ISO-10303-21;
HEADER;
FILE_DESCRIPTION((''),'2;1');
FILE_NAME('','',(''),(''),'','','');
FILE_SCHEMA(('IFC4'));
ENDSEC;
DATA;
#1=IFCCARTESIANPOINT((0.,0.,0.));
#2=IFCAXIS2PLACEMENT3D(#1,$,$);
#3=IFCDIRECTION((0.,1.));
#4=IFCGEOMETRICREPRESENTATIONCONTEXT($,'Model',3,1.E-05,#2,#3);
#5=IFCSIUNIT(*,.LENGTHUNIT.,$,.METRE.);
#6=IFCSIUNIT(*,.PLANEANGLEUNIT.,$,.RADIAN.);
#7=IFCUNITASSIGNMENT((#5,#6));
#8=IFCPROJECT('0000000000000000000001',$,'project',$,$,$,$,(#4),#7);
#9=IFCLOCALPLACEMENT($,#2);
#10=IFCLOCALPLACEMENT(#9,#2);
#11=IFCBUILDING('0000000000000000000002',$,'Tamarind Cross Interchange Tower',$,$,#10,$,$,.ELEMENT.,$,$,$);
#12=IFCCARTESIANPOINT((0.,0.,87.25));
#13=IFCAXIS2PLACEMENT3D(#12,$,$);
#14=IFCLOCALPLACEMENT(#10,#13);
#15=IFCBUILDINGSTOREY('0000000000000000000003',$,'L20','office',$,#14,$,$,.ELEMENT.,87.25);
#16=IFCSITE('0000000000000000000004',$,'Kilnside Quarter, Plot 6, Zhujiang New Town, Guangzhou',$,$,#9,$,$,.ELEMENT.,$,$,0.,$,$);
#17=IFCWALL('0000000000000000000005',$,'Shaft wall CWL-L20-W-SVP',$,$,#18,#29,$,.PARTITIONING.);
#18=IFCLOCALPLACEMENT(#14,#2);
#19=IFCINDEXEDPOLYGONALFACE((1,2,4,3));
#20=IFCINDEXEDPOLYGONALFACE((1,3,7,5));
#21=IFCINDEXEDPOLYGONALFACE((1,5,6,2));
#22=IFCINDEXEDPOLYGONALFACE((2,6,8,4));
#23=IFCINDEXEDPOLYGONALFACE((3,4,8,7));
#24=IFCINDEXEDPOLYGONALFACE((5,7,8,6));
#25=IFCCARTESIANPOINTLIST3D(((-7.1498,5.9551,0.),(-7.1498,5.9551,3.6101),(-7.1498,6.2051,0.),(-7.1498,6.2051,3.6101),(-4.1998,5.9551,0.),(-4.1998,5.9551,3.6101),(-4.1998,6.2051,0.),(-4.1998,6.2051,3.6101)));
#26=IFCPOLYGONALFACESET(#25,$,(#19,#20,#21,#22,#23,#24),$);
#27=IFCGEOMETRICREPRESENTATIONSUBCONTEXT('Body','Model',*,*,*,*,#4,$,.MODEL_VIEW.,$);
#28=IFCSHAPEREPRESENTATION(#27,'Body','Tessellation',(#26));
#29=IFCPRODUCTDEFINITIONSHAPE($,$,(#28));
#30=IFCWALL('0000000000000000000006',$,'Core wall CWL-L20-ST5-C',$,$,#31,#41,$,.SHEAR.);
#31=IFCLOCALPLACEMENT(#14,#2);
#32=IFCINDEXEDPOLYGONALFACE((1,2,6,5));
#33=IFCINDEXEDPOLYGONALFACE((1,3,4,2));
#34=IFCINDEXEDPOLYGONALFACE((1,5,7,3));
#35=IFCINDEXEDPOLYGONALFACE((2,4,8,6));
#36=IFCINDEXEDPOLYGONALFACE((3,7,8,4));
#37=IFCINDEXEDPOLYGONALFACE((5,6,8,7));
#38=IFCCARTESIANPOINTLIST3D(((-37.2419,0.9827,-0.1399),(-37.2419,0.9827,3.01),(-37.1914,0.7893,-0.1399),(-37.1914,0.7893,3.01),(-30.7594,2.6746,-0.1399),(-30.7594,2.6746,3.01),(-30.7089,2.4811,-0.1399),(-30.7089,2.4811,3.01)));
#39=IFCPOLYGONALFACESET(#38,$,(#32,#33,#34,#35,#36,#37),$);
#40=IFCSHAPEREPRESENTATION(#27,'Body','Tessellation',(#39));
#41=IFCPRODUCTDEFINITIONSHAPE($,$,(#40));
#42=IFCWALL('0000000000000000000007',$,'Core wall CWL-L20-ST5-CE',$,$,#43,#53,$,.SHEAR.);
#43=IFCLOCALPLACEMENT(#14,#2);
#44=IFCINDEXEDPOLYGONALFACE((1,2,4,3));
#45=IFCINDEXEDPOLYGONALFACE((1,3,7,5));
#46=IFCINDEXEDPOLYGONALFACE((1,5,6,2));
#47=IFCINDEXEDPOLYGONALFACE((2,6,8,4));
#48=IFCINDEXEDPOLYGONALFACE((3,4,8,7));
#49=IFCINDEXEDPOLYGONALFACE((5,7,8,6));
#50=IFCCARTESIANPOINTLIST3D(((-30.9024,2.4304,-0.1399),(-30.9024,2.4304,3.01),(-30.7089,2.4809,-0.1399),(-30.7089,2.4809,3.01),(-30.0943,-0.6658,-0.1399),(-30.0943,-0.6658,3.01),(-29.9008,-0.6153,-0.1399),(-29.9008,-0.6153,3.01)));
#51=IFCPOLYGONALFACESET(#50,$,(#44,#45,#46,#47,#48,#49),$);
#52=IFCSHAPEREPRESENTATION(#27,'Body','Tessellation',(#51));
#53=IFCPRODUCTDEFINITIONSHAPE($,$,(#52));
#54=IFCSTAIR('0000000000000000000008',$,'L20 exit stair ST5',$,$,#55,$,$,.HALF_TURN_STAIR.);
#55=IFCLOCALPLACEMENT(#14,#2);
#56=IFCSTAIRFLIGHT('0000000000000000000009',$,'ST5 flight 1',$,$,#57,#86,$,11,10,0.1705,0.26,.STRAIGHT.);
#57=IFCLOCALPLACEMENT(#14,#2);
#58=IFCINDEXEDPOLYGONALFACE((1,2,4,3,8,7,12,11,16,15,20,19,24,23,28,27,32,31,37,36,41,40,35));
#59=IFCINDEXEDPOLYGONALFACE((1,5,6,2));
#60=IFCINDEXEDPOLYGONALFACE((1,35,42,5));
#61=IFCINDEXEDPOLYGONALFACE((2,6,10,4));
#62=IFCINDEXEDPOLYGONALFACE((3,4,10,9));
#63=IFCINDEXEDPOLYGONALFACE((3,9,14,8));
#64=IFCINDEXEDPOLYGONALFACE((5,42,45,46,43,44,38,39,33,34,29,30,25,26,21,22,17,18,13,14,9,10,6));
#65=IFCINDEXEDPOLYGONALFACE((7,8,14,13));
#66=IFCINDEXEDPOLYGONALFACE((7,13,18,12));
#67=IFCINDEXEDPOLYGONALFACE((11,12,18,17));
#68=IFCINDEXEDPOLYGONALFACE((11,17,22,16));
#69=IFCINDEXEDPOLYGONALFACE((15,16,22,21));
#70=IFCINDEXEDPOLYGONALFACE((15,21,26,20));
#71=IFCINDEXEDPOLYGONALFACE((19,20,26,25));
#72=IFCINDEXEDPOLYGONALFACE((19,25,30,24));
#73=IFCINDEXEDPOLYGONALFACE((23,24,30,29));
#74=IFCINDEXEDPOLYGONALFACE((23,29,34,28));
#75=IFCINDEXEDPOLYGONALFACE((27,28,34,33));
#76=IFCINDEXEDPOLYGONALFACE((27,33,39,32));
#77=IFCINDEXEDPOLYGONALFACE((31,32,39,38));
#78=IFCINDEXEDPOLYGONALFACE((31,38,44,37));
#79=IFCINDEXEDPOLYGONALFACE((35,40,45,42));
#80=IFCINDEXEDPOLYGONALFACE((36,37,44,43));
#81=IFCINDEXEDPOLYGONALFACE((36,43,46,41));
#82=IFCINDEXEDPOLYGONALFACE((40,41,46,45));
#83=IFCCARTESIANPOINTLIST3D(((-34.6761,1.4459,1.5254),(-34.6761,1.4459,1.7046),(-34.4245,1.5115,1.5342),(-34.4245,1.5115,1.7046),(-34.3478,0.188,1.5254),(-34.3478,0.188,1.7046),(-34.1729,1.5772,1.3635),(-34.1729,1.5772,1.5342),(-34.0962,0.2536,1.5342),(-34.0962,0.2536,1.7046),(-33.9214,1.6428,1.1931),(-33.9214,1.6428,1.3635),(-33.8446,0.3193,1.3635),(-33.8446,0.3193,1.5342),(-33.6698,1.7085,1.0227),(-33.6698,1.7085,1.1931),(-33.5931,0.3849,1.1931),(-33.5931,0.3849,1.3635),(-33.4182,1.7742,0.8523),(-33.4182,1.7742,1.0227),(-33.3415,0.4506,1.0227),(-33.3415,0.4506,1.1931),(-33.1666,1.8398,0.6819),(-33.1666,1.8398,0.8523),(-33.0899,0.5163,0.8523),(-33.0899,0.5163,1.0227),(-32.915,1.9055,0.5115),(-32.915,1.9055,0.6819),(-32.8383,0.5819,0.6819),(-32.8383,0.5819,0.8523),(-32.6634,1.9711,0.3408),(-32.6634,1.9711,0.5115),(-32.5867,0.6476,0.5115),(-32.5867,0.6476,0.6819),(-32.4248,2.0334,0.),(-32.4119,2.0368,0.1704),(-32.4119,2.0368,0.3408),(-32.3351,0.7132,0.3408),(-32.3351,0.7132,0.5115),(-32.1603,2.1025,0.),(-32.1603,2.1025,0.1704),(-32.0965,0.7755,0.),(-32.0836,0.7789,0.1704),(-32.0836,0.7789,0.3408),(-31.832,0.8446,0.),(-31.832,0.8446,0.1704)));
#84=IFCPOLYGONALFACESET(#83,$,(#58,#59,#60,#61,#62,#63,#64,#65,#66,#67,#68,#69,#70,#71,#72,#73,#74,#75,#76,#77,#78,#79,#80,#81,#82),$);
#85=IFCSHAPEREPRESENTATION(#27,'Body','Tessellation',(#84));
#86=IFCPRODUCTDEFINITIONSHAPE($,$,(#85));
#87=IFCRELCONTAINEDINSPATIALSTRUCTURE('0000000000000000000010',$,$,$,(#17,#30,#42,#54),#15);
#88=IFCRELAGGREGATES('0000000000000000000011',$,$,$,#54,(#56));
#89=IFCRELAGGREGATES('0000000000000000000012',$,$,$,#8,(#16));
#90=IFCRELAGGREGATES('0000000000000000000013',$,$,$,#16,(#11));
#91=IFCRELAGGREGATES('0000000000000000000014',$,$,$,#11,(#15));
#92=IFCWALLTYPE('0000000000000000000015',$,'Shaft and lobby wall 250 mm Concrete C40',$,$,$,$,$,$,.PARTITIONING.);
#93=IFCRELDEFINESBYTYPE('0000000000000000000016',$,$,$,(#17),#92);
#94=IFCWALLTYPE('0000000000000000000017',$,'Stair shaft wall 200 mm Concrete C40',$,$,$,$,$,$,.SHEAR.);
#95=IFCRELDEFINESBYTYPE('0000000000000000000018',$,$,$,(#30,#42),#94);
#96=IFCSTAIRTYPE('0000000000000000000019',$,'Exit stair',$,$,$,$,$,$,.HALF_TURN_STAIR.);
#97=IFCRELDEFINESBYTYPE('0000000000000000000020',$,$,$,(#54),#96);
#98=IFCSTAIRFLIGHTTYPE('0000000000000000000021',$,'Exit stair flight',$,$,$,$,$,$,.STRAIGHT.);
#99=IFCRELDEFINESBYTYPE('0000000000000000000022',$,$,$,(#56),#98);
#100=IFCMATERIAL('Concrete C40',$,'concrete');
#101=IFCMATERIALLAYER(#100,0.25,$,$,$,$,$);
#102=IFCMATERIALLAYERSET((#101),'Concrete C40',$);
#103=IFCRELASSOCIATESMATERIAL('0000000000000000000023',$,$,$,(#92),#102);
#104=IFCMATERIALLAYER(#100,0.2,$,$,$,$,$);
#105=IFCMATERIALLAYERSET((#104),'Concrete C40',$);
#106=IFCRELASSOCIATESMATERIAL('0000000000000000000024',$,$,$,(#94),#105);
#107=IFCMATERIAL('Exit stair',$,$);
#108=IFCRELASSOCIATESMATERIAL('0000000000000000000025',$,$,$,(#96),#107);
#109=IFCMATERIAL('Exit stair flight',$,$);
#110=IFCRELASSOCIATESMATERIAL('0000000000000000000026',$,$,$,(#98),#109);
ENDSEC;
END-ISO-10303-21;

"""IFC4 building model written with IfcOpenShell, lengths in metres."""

from ifc_helpers import new_model, si_unit, direction, frame, frame_2d, origin, place, context, subcontext, project, spatial, polyline, rectangle, outline, extrude, material, layer, layer_set, type_object, element, aggregate, save


model = new_model("IFC4")

# Units and contexts
model_context = context("Model", 3, precision=1e-05, world=origin(), true_north=direction((0.0, 1.0)))
body_context = subcontext(model_context, "Body", "Model", "MODEL_VIEW")
ifc_project = project(units=[si_unit("LENGTHUNIT", "METRE"), si_unit("PLANEANGLEUNIT", "RADIAN")], contexts=[model_context])

# Site, building, storey
site_placement = place(None, origin())
site = spatial("IfcSite", under=ifc_project, at=site_placement, Name="Kilnside Quarter, Plot 6, Zhujiang New Town, Guangzhou", CompositionType="ELEMENT", RefElevation=0.0)
building_placement = place(site_placement, origin())
building = spatial("IfcBuilding", under=site, at=building_placement, Name="Tamarind Cross Interchange Tower", CompositionType="ELEMENT")
storey_placement = place(building_placement, frame((0.0, 0.0, 87.25)))
storey = spatial("IfcBuildingStorey", under=building, at=storey_placement, Name="L20", Description="office", CompositionType="ELEMENT", Elevation=87.25)

# Walls
ifc_material_1 = material(Name="Concrete C40", Category="concrete")
ifc_layer_1 = layer(ifc_material_1, 0.25)
ifc_layer_set_1 = layer_set([ifc_layer_1], Name="Concrete C40")
wall_type_1 = type_object("IfcWallType", Name="Shaft and lobby wall 250 mm Concrete C40", PredefinedType="PARTITIONING", material=ifc_layer_set_1)
wall_1_placement = place(storey_placement, frame((-7.1499, 6.0801, 0.0), z_axis=(0.0, 0.0, 1.0), x_axis=(1.0, 0.0, 0.0)))
element("IfcWall", 1, at=wall_1_placement, inside=storey, type_object=wall_type_1, Name="Shaft wall CWL-L20-W-SVP", PredefinedType="PARTITIONING", context=body_context, shape_type="SweptSolid", body=[
    extrude(rectangle(XDim=2.95, YDim=0.25, at=frame_2d((1.4751, 0.0))), origin(), (0.0, 0.0, 1.0), 3.6101),
])
ifc_layer_2 = layer(ifc_material_1, 0.2)
ifc_layer_set_2 = layer_set([ifc_layer_2], Name="Concrete C40")
wall_type_2 = type_object("IfcWallType", Name="Stair shaft wall 200 mm Concrete C40", PredefinedType="SHEAR", material=ifc_layer_set_2)
wall_2_placement = place(storey_placement, frame((-30.7341, 2.5779, -0.1399), z_axis=(0.0, 0.0, 1.0), x_axis=(-0.967589, -0.252529, 0.0)))
element("IfcWall", 2, at=wall_2_placement, inside=storey, type_object=wall_type_2, Name="Core wall CWL-L20-ST5-C", PredefinedType="SHEAR", context=body_context, shape_type="SweptSolid", body=[
    extrude(rectangle(XDim=6.6997, YDim=0.2, at=frame_2d((3.3499, 0.0))), origin(), (0.0, 0.0, 1.0), 3.1499),
])
wall_3_placement = place(storey_placement, frame((-30.8057, 2.4558, -0.1399), z_axis=(0.0, 0.0, 1.0), x_axis=(0.25254, -0.967586, 0.0)))
element("IfcWall", 3, at=wall_3_placement, inside=storey, type_object=wall_type_2, Name="Core wall CWL-L20-ST5-CE", PredefinedType="SHEAR", context=body_context, shape_type="SweptSolid", body=[
    extrude(rectangle(XDim=3.2, YDim=0.2, at=frame_2d((1.6001, 0.0))), origin(), (0.0, 0.0, 1.0), 3.1499),
])

# Stair, stair flight
ifc_material_2 = material(Name="Exit stair")
stair_type = type_object("IfcStairType", Name="Exit stair", PredefinedType="HALF_TURN_STAIR", material=ifc_material_2)
stair_placement = place(storey_placement, origin())
stair = element("IfcStair", 4, at=stair_placement, inside=storey, type_object=stair_type, Name="L20 exit stair ST5", PredefinedType="HALF_TURN_STAIR")
ifc_material_3 = material(Name="Exit stair flight")
stair_flight_type = type_object("IfcStairFlightType", Name="Exit stair flight", PredefinedType="STRAIGHT", material=ifc_material_3)
stair_flight_placement = place(storey_placement, frame((-31.9961, 1.4734, 0.0), z_axis=(0.0, 0.0, 1.0), x_axis=(-0.967589, -0.252529, 0.0)))
stair_flight = element("IfcStairFlight", 5, at=stair_flight_placement, type_object=stair_flight_type, Name="ST5 flight 1", NumberOfRisers=11, NumberOfTreads=10, PredefinedType="STRAIGHT", RiserHeight=0.1705, TreadLength=0.26, context=body_context, shape_type="SweptSolid", body=[
    extrude(outline(polyline([(0.0, 0.0), (0.0, 0.1704), (0.26, 0.1704), (0.26, 0.3408), (0.52, 0.3408), (0.52, 0.5115), (0.78, 0.5115), (0.78, 0.6819), (1.04, 0.6819), (1.04, 0.8523), (1.3, 0.8523), (1.3, 1.0227), (1.5601, 1.0227), (1.5601, 1.1931), (1.8201, 1.1931), (1.8201, 1.3635), (2.0801, 1.3635), (2.0801, 1.5342), (2.3401, 1.5342), (2.3401, 1.7046), (2.6001, 1.7046), (2.6001, 1.875), (2.6001, 1.5254), (0.2734, 0.0), (0.0, 0.0)])), frame((0.0, 0.6499, 0.0), z_axis=(0.0, -1.0, 0.0), x_axis=(1.0, 0.0, 0.0)), (0.0, 0.0, 1.0), 1.3),
])
aggregate(stair, [stair_flight])

save(model, "model.ifc")
